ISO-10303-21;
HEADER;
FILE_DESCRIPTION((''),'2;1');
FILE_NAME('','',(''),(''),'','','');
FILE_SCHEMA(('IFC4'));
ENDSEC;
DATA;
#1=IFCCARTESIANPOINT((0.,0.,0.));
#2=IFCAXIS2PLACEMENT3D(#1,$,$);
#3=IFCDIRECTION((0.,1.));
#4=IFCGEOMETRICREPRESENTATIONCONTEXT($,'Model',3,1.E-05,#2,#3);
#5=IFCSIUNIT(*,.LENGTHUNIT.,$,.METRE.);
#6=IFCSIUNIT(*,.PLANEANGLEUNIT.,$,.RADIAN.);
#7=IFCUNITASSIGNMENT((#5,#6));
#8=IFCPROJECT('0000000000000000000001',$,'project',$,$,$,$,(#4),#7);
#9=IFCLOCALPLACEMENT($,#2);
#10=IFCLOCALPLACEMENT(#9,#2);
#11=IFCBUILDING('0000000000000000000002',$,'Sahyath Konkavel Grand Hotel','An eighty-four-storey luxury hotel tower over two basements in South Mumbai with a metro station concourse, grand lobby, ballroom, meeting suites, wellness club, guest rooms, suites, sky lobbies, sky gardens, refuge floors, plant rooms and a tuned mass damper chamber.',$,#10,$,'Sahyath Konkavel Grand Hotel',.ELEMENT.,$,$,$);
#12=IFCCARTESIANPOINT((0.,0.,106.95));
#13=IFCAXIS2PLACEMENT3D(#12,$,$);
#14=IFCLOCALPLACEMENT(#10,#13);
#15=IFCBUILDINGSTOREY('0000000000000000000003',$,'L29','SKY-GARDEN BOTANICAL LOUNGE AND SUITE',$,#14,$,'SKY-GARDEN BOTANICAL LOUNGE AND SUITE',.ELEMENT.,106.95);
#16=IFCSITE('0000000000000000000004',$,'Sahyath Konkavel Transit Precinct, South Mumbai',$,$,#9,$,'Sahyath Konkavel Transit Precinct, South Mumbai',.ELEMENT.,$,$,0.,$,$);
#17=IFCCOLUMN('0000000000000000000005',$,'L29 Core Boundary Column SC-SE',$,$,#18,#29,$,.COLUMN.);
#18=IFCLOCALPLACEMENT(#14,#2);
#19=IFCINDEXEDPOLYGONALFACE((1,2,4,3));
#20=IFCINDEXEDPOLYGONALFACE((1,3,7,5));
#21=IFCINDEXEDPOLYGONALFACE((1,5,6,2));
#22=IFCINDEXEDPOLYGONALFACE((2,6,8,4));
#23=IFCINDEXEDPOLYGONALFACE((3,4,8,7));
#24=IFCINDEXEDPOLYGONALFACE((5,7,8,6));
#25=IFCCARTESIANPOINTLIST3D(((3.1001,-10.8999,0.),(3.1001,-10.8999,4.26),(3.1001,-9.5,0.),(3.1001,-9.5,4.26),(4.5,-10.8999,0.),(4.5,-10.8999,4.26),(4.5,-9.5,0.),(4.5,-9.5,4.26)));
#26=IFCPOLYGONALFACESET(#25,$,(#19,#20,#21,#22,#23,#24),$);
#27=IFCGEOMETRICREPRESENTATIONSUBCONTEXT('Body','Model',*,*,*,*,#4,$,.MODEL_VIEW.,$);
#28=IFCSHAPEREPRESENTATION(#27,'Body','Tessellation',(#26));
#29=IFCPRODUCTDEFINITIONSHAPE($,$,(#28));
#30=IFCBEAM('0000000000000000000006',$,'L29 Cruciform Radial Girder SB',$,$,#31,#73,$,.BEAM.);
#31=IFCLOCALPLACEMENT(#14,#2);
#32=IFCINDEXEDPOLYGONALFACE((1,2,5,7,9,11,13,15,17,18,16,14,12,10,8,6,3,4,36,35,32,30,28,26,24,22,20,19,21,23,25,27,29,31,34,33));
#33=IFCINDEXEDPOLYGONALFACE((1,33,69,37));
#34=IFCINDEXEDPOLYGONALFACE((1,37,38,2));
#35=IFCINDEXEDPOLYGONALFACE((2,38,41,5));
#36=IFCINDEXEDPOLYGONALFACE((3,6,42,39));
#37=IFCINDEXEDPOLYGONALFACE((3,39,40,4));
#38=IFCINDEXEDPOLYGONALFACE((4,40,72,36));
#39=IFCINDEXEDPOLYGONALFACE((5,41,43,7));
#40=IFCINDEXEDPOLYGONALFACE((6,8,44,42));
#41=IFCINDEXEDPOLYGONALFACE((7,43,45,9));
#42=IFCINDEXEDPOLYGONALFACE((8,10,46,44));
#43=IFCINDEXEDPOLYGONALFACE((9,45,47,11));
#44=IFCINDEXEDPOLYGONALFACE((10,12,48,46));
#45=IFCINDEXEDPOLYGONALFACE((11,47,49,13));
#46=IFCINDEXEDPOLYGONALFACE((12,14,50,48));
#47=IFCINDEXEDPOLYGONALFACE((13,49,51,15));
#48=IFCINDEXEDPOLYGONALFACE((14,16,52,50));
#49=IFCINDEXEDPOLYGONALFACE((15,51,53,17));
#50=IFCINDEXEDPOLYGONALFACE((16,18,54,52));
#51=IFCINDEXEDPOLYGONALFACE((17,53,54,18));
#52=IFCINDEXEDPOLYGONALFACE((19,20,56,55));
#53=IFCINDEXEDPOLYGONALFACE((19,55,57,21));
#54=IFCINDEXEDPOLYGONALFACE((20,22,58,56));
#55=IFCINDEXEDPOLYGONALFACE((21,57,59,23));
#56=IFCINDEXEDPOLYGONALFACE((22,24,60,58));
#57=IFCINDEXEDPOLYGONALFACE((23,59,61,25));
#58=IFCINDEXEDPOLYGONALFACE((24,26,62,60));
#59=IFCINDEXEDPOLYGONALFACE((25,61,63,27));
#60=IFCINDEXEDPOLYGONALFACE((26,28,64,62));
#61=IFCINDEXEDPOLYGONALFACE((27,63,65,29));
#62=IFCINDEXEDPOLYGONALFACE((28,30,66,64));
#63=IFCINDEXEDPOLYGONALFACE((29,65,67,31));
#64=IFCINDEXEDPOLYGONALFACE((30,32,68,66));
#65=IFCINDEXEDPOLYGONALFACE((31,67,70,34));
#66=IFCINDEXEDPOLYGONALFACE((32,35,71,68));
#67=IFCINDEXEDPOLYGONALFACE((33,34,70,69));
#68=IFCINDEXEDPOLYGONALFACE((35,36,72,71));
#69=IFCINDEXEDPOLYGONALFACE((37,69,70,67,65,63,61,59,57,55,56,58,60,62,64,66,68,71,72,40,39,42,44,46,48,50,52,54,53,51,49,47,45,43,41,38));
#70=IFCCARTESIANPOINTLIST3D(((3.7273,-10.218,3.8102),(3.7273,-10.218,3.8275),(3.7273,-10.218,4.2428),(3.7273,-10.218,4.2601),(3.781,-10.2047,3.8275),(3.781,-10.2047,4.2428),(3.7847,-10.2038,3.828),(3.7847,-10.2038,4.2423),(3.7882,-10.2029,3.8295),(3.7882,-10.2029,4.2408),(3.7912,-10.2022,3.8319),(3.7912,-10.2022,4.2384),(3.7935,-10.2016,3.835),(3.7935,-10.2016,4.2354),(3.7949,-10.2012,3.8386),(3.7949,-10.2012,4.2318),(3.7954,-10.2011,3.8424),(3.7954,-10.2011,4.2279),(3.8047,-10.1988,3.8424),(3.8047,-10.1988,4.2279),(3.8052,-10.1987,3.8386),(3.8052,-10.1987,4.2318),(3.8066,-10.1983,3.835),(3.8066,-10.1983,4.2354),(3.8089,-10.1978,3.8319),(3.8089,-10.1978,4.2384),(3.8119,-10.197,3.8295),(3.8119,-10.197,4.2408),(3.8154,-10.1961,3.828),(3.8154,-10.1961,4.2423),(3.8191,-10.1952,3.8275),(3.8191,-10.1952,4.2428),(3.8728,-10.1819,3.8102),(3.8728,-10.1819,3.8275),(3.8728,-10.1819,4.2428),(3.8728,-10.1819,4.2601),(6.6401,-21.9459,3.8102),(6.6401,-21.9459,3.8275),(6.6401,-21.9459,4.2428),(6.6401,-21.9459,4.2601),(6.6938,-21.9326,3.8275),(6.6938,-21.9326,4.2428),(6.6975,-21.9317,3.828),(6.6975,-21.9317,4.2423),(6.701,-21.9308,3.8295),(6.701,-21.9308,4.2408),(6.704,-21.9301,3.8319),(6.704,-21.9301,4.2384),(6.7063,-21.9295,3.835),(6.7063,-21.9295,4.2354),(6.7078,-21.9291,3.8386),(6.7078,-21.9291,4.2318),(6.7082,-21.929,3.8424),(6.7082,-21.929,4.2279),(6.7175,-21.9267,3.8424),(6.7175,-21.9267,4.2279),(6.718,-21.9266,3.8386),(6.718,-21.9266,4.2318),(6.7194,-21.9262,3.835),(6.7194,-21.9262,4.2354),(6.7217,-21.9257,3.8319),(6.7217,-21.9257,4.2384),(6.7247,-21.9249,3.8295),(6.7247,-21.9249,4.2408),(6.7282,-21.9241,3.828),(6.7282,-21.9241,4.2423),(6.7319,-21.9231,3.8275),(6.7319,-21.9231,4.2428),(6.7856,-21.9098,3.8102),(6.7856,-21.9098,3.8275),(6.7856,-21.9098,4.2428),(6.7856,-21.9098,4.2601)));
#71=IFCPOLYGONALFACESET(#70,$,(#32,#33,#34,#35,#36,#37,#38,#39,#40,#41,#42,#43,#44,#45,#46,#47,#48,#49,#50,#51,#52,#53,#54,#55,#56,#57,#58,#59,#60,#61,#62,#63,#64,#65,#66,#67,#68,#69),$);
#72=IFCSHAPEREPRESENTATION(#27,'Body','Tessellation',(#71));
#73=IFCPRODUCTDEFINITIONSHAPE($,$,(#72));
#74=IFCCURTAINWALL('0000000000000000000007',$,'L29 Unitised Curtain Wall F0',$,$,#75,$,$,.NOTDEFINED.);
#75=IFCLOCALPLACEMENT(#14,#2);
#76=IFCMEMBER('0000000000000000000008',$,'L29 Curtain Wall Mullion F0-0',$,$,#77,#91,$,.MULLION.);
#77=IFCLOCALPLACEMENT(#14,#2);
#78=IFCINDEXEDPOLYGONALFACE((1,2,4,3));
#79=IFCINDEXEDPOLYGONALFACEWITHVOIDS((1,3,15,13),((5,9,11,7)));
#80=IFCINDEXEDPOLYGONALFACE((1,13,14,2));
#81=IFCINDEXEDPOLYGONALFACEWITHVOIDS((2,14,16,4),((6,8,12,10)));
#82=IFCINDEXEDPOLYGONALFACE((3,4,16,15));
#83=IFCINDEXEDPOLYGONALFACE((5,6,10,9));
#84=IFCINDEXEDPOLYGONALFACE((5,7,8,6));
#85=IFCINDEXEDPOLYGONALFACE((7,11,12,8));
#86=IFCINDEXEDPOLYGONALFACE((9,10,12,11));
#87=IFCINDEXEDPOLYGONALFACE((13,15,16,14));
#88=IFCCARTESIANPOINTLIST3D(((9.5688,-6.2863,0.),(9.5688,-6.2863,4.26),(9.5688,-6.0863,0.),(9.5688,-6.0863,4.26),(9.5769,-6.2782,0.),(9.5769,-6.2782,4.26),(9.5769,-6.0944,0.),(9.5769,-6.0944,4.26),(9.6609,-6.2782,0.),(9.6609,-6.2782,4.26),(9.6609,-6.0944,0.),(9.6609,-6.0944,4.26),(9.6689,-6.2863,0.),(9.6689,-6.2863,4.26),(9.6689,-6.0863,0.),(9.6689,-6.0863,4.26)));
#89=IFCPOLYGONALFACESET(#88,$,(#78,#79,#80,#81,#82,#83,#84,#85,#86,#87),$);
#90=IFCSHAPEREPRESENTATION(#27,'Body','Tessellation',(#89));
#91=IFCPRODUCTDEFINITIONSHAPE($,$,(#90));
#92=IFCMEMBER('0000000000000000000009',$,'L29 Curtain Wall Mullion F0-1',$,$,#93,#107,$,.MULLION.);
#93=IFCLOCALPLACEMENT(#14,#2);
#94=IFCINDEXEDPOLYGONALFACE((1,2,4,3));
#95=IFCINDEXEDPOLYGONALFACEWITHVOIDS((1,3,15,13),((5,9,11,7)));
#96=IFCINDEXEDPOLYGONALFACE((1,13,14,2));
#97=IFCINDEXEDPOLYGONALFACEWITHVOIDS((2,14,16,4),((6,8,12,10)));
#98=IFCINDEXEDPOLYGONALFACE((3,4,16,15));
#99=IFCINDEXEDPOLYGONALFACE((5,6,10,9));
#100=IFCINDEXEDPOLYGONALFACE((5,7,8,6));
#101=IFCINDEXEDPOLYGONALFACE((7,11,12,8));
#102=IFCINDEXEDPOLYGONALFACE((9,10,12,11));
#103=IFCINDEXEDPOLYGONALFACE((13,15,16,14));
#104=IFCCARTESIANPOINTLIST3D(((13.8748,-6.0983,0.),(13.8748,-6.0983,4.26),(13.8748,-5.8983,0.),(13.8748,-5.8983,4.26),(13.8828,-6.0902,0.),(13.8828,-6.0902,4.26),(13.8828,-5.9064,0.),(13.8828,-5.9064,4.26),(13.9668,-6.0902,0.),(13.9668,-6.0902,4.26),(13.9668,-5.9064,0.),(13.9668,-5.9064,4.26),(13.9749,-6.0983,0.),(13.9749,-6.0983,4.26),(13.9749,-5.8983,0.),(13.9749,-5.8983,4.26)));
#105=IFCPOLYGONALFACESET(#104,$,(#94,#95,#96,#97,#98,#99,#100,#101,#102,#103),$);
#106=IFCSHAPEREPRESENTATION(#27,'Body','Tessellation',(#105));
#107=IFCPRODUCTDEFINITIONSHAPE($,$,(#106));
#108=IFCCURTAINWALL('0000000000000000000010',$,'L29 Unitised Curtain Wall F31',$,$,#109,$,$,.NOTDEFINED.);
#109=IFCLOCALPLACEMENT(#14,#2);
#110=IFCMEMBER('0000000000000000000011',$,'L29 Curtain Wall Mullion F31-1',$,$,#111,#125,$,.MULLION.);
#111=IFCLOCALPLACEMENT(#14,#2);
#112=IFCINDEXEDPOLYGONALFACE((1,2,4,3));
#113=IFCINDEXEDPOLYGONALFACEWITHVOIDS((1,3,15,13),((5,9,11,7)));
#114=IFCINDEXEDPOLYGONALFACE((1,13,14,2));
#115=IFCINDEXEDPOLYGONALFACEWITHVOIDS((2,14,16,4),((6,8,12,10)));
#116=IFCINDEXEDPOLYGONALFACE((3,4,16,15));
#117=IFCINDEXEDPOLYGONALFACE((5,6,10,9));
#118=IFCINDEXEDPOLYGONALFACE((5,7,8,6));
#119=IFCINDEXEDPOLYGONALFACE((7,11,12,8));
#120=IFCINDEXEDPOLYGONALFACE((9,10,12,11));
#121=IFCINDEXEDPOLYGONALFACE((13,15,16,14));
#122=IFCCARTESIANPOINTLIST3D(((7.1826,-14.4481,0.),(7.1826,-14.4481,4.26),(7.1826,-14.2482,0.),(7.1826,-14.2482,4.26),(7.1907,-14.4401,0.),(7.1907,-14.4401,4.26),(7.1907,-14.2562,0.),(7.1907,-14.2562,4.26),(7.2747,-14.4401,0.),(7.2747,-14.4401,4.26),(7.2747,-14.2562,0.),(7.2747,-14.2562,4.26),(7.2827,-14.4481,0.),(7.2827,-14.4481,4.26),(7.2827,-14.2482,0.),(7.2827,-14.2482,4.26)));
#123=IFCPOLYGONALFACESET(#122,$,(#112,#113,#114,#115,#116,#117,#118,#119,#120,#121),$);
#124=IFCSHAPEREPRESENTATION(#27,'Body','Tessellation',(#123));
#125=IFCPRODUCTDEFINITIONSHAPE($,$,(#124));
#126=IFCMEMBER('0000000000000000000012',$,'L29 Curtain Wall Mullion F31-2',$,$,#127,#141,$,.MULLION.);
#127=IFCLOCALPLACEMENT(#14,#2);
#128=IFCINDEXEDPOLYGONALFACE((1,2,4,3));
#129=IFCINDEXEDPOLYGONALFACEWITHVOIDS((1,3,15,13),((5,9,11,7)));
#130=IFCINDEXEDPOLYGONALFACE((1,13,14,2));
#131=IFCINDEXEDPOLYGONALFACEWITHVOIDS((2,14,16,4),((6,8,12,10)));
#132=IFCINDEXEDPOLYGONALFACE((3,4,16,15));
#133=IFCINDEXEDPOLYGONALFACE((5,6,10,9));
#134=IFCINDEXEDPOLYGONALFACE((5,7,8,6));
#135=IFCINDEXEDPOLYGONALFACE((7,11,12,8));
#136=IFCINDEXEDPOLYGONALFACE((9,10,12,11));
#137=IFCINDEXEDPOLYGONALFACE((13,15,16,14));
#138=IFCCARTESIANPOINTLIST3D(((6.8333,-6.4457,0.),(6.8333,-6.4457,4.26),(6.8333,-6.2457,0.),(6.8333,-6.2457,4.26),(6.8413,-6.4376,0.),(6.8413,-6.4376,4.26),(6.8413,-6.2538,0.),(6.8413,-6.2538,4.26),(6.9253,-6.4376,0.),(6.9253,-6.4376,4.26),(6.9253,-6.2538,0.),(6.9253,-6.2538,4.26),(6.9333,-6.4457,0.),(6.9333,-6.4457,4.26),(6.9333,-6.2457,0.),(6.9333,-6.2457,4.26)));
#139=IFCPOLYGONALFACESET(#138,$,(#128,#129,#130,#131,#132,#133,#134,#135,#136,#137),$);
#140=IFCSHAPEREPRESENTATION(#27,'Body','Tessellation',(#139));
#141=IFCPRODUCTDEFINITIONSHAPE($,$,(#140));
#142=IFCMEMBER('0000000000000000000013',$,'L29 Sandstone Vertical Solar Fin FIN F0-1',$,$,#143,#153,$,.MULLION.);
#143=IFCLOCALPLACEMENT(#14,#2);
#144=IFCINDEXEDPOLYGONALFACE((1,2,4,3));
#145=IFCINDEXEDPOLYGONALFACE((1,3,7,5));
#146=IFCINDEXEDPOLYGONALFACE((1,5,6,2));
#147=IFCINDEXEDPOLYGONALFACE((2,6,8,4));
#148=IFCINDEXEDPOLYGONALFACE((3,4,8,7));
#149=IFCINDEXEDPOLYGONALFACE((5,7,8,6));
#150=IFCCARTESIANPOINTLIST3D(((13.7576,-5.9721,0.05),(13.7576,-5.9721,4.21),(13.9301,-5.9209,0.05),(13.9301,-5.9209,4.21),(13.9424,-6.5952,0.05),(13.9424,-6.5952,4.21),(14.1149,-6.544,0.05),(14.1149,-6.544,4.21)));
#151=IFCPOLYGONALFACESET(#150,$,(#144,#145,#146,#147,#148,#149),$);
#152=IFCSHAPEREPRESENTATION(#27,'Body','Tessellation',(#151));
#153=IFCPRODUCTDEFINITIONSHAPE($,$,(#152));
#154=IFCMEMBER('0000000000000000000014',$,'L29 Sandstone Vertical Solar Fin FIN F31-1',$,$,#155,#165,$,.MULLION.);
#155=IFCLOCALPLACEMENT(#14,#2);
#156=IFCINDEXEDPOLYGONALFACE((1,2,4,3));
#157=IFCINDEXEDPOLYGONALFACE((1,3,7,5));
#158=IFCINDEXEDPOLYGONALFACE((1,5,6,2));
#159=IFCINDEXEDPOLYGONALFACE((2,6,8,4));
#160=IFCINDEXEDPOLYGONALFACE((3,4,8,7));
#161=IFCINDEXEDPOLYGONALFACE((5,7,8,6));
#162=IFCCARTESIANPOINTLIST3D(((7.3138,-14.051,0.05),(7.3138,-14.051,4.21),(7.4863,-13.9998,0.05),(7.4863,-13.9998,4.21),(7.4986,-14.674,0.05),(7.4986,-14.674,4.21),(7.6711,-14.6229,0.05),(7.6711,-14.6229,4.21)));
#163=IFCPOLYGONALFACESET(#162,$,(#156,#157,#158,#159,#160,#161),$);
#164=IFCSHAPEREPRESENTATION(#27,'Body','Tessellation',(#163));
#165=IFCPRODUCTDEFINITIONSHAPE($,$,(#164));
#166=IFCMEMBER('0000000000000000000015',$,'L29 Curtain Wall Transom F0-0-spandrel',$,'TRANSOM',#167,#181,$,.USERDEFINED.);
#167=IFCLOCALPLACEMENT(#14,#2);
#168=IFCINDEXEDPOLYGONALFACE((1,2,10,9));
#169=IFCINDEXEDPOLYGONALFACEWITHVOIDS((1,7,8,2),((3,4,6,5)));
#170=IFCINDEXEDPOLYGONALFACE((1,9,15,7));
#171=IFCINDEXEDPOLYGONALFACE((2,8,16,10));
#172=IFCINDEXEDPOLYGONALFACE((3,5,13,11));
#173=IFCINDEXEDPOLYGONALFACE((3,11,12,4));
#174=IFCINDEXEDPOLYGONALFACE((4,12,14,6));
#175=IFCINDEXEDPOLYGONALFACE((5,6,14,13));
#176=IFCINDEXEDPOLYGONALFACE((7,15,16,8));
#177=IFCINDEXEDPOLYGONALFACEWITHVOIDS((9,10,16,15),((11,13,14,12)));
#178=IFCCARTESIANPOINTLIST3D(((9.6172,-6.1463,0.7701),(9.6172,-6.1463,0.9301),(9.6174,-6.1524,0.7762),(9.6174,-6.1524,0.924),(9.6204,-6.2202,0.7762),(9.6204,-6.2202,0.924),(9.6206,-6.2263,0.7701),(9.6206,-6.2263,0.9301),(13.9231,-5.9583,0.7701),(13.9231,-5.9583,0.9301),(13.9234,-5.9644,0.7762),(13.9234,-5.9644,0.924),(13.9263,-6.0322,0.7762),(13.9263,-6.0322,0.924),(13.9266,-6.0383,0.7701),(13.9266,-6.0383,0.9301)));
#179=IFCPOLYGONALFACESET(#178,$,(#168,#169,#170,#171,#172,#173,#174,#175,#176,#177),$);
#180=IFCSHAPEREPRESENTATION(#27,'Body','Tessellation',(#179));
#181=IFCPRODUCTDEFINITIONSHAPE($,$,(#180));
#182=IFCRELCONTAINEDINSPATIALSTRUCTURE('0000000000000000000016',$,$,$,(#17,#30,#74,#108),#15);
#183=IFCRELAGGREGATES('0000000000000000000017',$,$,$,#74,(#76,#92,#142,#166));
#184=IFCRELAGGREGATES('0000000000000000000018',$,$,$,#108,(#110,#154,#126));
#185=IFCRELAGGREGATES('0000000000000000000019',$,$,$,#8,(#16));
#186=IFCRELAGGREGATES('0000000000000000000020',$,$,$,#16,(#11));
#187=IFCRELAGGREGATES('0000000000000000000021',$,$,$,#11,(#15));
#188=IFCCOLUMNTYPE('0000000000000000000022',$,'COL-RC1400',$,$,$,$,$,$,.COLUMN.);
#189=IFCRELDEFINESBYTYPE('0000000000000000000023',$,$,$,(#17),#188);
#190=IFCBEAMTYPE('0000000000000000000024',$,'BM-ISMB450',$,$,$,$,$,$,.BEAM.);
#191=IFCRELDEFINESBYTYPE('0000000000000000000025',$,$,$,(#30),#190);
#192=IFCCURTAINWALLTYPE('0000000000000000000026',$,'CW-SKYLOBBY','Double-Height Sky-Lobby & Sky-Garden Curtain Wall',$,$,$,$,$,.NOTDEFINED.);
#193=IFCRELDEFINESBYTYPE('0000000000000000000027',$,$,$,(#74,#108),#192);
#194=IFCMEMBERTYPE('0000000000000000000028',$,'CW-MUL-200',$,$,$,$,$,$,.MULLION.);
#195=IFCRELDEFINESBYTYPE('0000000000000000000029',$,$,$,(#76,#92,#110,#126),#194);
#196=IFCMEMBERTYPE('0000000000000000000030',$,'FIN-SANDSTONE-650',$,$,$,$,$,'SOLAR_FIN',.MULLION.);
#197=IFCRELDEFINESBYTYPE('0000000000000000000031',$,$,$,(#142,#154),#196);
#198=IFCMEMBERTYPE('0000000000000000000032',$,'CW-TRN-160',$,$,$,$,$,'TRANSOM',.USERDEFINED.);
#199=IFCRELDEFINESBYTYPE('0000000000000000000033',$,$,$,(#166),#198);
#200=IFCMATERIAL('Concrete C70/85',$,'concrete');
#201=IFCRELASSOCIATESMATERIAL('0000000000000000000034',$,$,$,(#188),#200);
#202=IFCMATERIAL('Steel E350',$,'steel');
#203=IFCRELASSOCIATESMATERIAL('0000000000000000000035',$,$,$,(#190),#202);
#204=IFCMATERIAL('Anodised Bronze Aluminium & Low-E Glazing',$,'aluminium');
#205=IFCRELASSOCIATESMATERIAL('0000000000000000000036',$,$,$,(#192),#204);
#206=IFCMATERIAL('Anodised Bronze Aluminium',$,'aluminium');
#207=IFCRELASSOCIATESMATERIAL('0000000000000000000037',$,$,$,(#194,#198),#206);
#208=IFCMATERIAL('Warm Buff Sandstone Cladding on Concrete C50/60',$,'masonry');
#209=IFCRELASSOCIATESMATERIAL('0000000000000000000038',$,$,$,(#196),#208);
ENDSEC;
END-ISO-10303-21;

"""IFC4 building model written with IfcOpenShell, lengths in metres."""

from ifc_helpers import new_model, si_unit, direction, frame, origin, origin_2d, place, context, subcontext, project, spatial, rectangle, hollow_rectangle, i_section, extrude, source, transform, mapped, material, material_profile, profile_set, type_object, element, aggregate, save


model = new_model("IFC4")

# Units and contexts
model_context = context("Model", 3, precision=1e-05, world=origin(), true_north=direction((0.0, 1.0)))
body_context = subcontext(model_context, "Body", "Model", "MODEL_VIEW")
ifc_project = project(units=[si_unit("LENGTHUNIT", "METRE"), si_unit("PLANEANGLEUNIT", "RADIAN")], contexts=[model_context])

# Site, building, storey
site_placement = place(None, origin())
site = spatial("IfcSite", under=ifc_project, at=site_placement, Name="Sahyath Konkavel Transit Precinct, South Mumbai", LongName="Sahyath Konkavel Transit Precinct, South Mumbai", CompositionType="ELEMENT", RefElevation=0.0)
building_placement = place(site_placement, origin())
building = spatial("IfcBuilding", under=site, at=building_placement, Name="Sahyath Konkavel Grand Hotel", Description="An eighty-four-storey luxury hotel tower over two basements in South Mumbai with a metro station concourse, grand lobby, ballroom, meeting suites, wellness club, guest rooms, suites, sky lobbies, sky gardens, refuge floors, plant rooms and a tuned mass damper chamber.", LongName="Sahyath Konkavel Grand Hotel", CompositionType="ELEMENT")
storey_placement = place(building_placement, frame((0.0, 0.0, 106.95)))
storey = spatial("IfcBuildingStorey", under=building, at=storey_placement, Name="L29", Description="SKY-GARDEN BOTANICAL LOUNGE AND SUITE", LongName="SKY-GARDEN BOTANICAL LOUNGE AND SUITE", CompositionType="ELEMENT", Elevation=106.95)

# Column
ifc_material_1 = material(Name="Concrete C70/85", Category="concrete")
ifc_material_profile_1 = material_profile(ifc_material_1, rectangle(XDim=1.3999, YDim=1.3999, at=origin_2d()), Name="RC 1400x1400")
ifc_profile_set_1 = profile_set([ifc_material_profile_1], Name="Concrete C70/85")
column_type = type_object("IfcColumnType", Name="COL-RC1400", PredefinedType="COLUMN", material=ifc_profile_set_1)
shared_shape_1 = source(origin(), body_context, "Body", "SweptSolid", [
    extrude(rectangle(XDim=1.3999, YDim=1.3999, at=origin_2d()), origin(), (0.0, 0.0, 1.0), 4.26),
])
column_placement = place(storey_placement, frame((3.8, -10.2, 0.0), z_axis=(0.0, 0.0, 1.0), x_axis=(1.0, 0.0, 0.0)))
element("IfcColumn", 1, at=column_placement, inside=storey, type_object=column_type, Name="L29 Core Boundary Column SC-SE", PredefinedType="COLUMN", context=body_context, shape_type="MappedRepresentation", body=[
    mapped(shared_shape_1, transform((0.0, 0.0, 0.0), scale=1.0)),
])

# Beam
ifc_material_2 = material(Name="Steel E350", Category="steel")
ifc_material_profile_2 = material_profile(ifc_material_2, i_section(OverallWidth=0.1499, OverallDepth=0.45, WebThickness=0.0095, FlangeThickness=0.0173, FilletRadius=0.0149, at=origin_2d()), Name="ISMB 450")
ifc_profile_set_2 = profile_set([ifc_material_profile_2], Name="Steel E350")
beam_type = type_object("IfcBeamType", Name="BM-ISMB450", PredefinedType="BEAM", material=ifc_profile_set_2)
shared_shape_2 = source(origin(), body_context, "Body", "SweptSolid", [
    extrude(i_section(OverallWidth=0.1499, OverallDepth=0.45, WebThickness=0.0095, FlangeThickness=0.0173, FilletRadius=0.0149, at=origin_2d()), origin(), (0.0, 0.0, 1.0), 12.0842),
])
beam_placement = place(storey_placement, frame((3.8, -10.2, 4.0352), z_axis=(0.241043, -0.970515, 0.0), x_axis=(0.970515, 0.241043, 0.0)))
element("IfcBeam", 2, at=beam_placement, inside=storey, type_object=beam_type, Name="L29 Cruciform Radial Girder SB", PredefinedType="BEAM", context=body_context, shape_type="MappedRepresentation", body=[
    mapped(shared_shape_2, transform((0.0, 0.0, 0.0), scale=1.0)),
])

# Curtain walls, members
ifc_material_3 = material(Name="Anodised Bronze Aluminium & Low-E Glazing", Category="aluminium")
curtain_wall_type = type_object("IfcCurtainWallType", Name="CW-SKYLOBBY", Description="Double-Height Sky-Lobby & Sky-Garden Curtain Wall", PredefinedType="NOTDEFINED", material=ifc_material_3)
curtain_wall_1_placement = place(storey_placement, origin())
curtain_wall_1 = element("IfcCurtainWall", 3, at=curtain_wall_1_placement, inside=storey, type_object=curtain_wall_type, Name="L29 Unitised Curtain Wall F0", PredefinedType="NOTDEFINED")
ifc_material_4 = material(Name="Anodised Bronze Aluminium", Category="aluminium")
ifc_material_profile_3 = material_profile(ifc_material_4, hollow_rectangle(XDim=0.1001, YDim=0.2, WallThickness=0.0081, at=origin_2d()), Name="RHS 200x100x8")
ifc_profile_set_3 = profile_set([ifc_material_profile_3], Name="Anodised Bronze Aluminium")
member_type_1 = type_object("IfcMemberType", Name="CW-MUL-200", PredefinedType="MULLION", material=ifc_profile_set_3)
shared_shape_3 = source(origin(), body_context, "Body", "SweptSolid", [
    extrude(hollow_rectangle(XDim=0.1001, YDim=0.2, WallThickness=0.0081, at=origin_2d()), origin(), (0.0, 0.0, 1.0), 4.26),
])
member_1_placement = place(storey_placement, frame((9.6189, -6.1863, 0.0), z_axis=(0.0, 0.0, 1.0), x_axis=(1.0, 0.0, 0.0)))
member_1 = element("IfcMember", 4, at=member_1_placement, type_object=member_type_1, Name="L29 Curtain Wall Mullion F0-0", PredefinedType="MULLION", context=body_context, shape_type="MappedRepresentation", body=[
    mapped(shared_shape_3, transform((0.0, 0.0, 0.0), scale=1.0)),
])
member_2_placement = place(storey_placement, frame((13.9248, -5.9983, 0.0), z_axis=(0.0, 0.0, 1.0), x_axis=(1.0, 0.0, 0.0)))
member_2 = element("IfcMember", 5, at=member_2_placement, type_object=member_type_1, Name="L29 Curtain Wall Mullion F0-1", PredefinedType="MULLION", context=body_context, shape_type="MappedRepresentation", body=[
    mapped(shared_shape_3, transform((0.0, 0.0, 0.0), scale=1.0)),
])
curtain_wall_2_placement = place(storey_placement, origin())
curtain_wall_2 = element("IfcCurtainWall", 6, at=curtain_wall_2_placement, inside=storey, type_object=curtain_wall_type, Name="L29 Unitised Curtain Wall F31", PredefinedType="NOTDEFINED")
member_3_placement = place(storey_placement, frame((7.2327, -14.3481, 0.0), z_axis=(0.0, 0.0, 1.0), x_axis=(1.0, 0.0, 0.0)))
member_3 = element("IfcMember", 7, at=member_3_placement, type_object=member_type_1, Name="L29 Curtain Wall Mullion F31-1", PredefinedType="MULLION", context=body_context, shape_type="MappedRepresentation", body=[
    mapped(shared_shape_3, transform((0.0, 0.0, 0.0), scale=1.0)),
])
member_4_placement = place(storey_placement, frame((6.8833, -6.3457, 0.0), z_axis=(0.0, 0.0, 1.0), x_axis=(1.0, 0.0, 0.0)))
member_4 = element("IfcMember", 8, at=member_4_placement, type_object=member_type_1, Name="L29 Curtain Wall Mullion F31-2", PredefinedType="MULLION", context=body_context, shape_type="MappedRepresentation", body=[
    mapped(shared_shape_3, transform((0.0, 0.0, 0.0), scale=1.0)),
])

# Members
ifc_material_5 = material(Name="Warm Buff Sandstone Cladding on Concrete C50/60", Category="masonry")
ifc_material_profile_4 = material_profile(ifc_material_5, rectangle(XDim=0.1799, YDim=0.6499, at=origin_2d()), Name="FIN 180x650")
ifc_profile_set_4 = profile_set([ifc_material_profile_4], Name="Warm Buff Sandstone Cladding on Concrete C50/60")
member_type_2 = type_object("IfcMemberType", Name="FIN-SANDSTONE-650", ElementType="SOLAR_FIN", PredefinedType="MULLION", material=ifc_profile_set_4)
shared_shape_4 = source(origin(), body_context, "Body", "SweptSolid", [
    extrude(rectangle(XDim=0.1799, YDim=0.6499, at=origin_2d()), origin(), (0.0, 0.0, 1.0), 4.1599),
])
member_5_placement = place(storey_placement, frame((13.9363, -6.2581, 0.05), z_axis=(0.0, 0.0, 1.0), x_axis=(0.958721, 0.28435, 0.0)))
member_5 = element("IfcMember", 9, at=member_5_placement, type_object=member_type_2, Name="L29 Sandstone Vertical Solar Fin FIN F0-1", PredefinedType="MULLION", context=body_context, shape_type="MappedRepresentation", body=[
    mapped(shared_shape_4, transform((0.0, 0.0, 0.0), scale=1.0)),
])
member_6_placement = place(storey_placement, frame((7.4924, -14.3369, 0.05), z_axis=(0.0, 0.0, 1.0), x_axis=(0.958721, 0.28435, 0.0)))
member_6 = element("IfcMember", 10, at=member_6_placement, type_object=member_type_2, Name="L29 Sandstone Vertical Solar Fin FIN F31-1", PredefinedType="MULLION", context=body_context, shape_type="MappedRepresentation", body=[
    mapped(shared_shape_4, transform((0.0, 0.0, 0.0), scale=1.0)),
])
ifc_material_profile_5 = material_profile(ifc_material_4, hollow_rectangle(XDim=0.0801, YDim=0.1599, WallThickness=0.0061, at=origin_2d()), Name="RHS 160x80x6")
ifc_profile_set_5 = profile_set([ifc_material_profile_5], Name="Anodised Bronze Aluminium")
member_type_3 = type_object("IfcMemberType", Name="CW-TRN-160", ElementType="TRANSOM", PredefinedType="USERDEFINED", material=ifc_profile_set_5)
shared_shape_5 = source(origin(), body_context, "Body", "SweptSolid", [
    extrude(hollow_rectangle(XDim=0.0801, YDim=0.1599, WallThickness=0.0061, at=origin_2d()), origin(), (0.0, 0.0, 1.0), 4.3101),
])
member_7_placement = place(storey_placement, frame((9.6189, -6.1863, 0.8501), z_axis=(0.999048, 0.043617, 0.0), x_axis=(-0.043617, 0.999048, 0.0)))
member_7 = element("IfcMember", 11, at=member_7_placement, type_object=member_type_3, Name="L29 Curtain Wall Transom F0-0-spandrel", ObjectType="TRANSOM", PredefinedType="USERDEFINED", context=body_context, shape_type="MappedRepresentation", body=[
    mapped(shared_shape_5, transform((0.0, 0.0, 0.0), scale=1.0)),
])

aggregate(curtain_wall_1, [member_1, member_2, member_5, member_7])
aggregate(curtain_wall_2, [member_3, member_6, member_4])

save(model, "model.ifc")
